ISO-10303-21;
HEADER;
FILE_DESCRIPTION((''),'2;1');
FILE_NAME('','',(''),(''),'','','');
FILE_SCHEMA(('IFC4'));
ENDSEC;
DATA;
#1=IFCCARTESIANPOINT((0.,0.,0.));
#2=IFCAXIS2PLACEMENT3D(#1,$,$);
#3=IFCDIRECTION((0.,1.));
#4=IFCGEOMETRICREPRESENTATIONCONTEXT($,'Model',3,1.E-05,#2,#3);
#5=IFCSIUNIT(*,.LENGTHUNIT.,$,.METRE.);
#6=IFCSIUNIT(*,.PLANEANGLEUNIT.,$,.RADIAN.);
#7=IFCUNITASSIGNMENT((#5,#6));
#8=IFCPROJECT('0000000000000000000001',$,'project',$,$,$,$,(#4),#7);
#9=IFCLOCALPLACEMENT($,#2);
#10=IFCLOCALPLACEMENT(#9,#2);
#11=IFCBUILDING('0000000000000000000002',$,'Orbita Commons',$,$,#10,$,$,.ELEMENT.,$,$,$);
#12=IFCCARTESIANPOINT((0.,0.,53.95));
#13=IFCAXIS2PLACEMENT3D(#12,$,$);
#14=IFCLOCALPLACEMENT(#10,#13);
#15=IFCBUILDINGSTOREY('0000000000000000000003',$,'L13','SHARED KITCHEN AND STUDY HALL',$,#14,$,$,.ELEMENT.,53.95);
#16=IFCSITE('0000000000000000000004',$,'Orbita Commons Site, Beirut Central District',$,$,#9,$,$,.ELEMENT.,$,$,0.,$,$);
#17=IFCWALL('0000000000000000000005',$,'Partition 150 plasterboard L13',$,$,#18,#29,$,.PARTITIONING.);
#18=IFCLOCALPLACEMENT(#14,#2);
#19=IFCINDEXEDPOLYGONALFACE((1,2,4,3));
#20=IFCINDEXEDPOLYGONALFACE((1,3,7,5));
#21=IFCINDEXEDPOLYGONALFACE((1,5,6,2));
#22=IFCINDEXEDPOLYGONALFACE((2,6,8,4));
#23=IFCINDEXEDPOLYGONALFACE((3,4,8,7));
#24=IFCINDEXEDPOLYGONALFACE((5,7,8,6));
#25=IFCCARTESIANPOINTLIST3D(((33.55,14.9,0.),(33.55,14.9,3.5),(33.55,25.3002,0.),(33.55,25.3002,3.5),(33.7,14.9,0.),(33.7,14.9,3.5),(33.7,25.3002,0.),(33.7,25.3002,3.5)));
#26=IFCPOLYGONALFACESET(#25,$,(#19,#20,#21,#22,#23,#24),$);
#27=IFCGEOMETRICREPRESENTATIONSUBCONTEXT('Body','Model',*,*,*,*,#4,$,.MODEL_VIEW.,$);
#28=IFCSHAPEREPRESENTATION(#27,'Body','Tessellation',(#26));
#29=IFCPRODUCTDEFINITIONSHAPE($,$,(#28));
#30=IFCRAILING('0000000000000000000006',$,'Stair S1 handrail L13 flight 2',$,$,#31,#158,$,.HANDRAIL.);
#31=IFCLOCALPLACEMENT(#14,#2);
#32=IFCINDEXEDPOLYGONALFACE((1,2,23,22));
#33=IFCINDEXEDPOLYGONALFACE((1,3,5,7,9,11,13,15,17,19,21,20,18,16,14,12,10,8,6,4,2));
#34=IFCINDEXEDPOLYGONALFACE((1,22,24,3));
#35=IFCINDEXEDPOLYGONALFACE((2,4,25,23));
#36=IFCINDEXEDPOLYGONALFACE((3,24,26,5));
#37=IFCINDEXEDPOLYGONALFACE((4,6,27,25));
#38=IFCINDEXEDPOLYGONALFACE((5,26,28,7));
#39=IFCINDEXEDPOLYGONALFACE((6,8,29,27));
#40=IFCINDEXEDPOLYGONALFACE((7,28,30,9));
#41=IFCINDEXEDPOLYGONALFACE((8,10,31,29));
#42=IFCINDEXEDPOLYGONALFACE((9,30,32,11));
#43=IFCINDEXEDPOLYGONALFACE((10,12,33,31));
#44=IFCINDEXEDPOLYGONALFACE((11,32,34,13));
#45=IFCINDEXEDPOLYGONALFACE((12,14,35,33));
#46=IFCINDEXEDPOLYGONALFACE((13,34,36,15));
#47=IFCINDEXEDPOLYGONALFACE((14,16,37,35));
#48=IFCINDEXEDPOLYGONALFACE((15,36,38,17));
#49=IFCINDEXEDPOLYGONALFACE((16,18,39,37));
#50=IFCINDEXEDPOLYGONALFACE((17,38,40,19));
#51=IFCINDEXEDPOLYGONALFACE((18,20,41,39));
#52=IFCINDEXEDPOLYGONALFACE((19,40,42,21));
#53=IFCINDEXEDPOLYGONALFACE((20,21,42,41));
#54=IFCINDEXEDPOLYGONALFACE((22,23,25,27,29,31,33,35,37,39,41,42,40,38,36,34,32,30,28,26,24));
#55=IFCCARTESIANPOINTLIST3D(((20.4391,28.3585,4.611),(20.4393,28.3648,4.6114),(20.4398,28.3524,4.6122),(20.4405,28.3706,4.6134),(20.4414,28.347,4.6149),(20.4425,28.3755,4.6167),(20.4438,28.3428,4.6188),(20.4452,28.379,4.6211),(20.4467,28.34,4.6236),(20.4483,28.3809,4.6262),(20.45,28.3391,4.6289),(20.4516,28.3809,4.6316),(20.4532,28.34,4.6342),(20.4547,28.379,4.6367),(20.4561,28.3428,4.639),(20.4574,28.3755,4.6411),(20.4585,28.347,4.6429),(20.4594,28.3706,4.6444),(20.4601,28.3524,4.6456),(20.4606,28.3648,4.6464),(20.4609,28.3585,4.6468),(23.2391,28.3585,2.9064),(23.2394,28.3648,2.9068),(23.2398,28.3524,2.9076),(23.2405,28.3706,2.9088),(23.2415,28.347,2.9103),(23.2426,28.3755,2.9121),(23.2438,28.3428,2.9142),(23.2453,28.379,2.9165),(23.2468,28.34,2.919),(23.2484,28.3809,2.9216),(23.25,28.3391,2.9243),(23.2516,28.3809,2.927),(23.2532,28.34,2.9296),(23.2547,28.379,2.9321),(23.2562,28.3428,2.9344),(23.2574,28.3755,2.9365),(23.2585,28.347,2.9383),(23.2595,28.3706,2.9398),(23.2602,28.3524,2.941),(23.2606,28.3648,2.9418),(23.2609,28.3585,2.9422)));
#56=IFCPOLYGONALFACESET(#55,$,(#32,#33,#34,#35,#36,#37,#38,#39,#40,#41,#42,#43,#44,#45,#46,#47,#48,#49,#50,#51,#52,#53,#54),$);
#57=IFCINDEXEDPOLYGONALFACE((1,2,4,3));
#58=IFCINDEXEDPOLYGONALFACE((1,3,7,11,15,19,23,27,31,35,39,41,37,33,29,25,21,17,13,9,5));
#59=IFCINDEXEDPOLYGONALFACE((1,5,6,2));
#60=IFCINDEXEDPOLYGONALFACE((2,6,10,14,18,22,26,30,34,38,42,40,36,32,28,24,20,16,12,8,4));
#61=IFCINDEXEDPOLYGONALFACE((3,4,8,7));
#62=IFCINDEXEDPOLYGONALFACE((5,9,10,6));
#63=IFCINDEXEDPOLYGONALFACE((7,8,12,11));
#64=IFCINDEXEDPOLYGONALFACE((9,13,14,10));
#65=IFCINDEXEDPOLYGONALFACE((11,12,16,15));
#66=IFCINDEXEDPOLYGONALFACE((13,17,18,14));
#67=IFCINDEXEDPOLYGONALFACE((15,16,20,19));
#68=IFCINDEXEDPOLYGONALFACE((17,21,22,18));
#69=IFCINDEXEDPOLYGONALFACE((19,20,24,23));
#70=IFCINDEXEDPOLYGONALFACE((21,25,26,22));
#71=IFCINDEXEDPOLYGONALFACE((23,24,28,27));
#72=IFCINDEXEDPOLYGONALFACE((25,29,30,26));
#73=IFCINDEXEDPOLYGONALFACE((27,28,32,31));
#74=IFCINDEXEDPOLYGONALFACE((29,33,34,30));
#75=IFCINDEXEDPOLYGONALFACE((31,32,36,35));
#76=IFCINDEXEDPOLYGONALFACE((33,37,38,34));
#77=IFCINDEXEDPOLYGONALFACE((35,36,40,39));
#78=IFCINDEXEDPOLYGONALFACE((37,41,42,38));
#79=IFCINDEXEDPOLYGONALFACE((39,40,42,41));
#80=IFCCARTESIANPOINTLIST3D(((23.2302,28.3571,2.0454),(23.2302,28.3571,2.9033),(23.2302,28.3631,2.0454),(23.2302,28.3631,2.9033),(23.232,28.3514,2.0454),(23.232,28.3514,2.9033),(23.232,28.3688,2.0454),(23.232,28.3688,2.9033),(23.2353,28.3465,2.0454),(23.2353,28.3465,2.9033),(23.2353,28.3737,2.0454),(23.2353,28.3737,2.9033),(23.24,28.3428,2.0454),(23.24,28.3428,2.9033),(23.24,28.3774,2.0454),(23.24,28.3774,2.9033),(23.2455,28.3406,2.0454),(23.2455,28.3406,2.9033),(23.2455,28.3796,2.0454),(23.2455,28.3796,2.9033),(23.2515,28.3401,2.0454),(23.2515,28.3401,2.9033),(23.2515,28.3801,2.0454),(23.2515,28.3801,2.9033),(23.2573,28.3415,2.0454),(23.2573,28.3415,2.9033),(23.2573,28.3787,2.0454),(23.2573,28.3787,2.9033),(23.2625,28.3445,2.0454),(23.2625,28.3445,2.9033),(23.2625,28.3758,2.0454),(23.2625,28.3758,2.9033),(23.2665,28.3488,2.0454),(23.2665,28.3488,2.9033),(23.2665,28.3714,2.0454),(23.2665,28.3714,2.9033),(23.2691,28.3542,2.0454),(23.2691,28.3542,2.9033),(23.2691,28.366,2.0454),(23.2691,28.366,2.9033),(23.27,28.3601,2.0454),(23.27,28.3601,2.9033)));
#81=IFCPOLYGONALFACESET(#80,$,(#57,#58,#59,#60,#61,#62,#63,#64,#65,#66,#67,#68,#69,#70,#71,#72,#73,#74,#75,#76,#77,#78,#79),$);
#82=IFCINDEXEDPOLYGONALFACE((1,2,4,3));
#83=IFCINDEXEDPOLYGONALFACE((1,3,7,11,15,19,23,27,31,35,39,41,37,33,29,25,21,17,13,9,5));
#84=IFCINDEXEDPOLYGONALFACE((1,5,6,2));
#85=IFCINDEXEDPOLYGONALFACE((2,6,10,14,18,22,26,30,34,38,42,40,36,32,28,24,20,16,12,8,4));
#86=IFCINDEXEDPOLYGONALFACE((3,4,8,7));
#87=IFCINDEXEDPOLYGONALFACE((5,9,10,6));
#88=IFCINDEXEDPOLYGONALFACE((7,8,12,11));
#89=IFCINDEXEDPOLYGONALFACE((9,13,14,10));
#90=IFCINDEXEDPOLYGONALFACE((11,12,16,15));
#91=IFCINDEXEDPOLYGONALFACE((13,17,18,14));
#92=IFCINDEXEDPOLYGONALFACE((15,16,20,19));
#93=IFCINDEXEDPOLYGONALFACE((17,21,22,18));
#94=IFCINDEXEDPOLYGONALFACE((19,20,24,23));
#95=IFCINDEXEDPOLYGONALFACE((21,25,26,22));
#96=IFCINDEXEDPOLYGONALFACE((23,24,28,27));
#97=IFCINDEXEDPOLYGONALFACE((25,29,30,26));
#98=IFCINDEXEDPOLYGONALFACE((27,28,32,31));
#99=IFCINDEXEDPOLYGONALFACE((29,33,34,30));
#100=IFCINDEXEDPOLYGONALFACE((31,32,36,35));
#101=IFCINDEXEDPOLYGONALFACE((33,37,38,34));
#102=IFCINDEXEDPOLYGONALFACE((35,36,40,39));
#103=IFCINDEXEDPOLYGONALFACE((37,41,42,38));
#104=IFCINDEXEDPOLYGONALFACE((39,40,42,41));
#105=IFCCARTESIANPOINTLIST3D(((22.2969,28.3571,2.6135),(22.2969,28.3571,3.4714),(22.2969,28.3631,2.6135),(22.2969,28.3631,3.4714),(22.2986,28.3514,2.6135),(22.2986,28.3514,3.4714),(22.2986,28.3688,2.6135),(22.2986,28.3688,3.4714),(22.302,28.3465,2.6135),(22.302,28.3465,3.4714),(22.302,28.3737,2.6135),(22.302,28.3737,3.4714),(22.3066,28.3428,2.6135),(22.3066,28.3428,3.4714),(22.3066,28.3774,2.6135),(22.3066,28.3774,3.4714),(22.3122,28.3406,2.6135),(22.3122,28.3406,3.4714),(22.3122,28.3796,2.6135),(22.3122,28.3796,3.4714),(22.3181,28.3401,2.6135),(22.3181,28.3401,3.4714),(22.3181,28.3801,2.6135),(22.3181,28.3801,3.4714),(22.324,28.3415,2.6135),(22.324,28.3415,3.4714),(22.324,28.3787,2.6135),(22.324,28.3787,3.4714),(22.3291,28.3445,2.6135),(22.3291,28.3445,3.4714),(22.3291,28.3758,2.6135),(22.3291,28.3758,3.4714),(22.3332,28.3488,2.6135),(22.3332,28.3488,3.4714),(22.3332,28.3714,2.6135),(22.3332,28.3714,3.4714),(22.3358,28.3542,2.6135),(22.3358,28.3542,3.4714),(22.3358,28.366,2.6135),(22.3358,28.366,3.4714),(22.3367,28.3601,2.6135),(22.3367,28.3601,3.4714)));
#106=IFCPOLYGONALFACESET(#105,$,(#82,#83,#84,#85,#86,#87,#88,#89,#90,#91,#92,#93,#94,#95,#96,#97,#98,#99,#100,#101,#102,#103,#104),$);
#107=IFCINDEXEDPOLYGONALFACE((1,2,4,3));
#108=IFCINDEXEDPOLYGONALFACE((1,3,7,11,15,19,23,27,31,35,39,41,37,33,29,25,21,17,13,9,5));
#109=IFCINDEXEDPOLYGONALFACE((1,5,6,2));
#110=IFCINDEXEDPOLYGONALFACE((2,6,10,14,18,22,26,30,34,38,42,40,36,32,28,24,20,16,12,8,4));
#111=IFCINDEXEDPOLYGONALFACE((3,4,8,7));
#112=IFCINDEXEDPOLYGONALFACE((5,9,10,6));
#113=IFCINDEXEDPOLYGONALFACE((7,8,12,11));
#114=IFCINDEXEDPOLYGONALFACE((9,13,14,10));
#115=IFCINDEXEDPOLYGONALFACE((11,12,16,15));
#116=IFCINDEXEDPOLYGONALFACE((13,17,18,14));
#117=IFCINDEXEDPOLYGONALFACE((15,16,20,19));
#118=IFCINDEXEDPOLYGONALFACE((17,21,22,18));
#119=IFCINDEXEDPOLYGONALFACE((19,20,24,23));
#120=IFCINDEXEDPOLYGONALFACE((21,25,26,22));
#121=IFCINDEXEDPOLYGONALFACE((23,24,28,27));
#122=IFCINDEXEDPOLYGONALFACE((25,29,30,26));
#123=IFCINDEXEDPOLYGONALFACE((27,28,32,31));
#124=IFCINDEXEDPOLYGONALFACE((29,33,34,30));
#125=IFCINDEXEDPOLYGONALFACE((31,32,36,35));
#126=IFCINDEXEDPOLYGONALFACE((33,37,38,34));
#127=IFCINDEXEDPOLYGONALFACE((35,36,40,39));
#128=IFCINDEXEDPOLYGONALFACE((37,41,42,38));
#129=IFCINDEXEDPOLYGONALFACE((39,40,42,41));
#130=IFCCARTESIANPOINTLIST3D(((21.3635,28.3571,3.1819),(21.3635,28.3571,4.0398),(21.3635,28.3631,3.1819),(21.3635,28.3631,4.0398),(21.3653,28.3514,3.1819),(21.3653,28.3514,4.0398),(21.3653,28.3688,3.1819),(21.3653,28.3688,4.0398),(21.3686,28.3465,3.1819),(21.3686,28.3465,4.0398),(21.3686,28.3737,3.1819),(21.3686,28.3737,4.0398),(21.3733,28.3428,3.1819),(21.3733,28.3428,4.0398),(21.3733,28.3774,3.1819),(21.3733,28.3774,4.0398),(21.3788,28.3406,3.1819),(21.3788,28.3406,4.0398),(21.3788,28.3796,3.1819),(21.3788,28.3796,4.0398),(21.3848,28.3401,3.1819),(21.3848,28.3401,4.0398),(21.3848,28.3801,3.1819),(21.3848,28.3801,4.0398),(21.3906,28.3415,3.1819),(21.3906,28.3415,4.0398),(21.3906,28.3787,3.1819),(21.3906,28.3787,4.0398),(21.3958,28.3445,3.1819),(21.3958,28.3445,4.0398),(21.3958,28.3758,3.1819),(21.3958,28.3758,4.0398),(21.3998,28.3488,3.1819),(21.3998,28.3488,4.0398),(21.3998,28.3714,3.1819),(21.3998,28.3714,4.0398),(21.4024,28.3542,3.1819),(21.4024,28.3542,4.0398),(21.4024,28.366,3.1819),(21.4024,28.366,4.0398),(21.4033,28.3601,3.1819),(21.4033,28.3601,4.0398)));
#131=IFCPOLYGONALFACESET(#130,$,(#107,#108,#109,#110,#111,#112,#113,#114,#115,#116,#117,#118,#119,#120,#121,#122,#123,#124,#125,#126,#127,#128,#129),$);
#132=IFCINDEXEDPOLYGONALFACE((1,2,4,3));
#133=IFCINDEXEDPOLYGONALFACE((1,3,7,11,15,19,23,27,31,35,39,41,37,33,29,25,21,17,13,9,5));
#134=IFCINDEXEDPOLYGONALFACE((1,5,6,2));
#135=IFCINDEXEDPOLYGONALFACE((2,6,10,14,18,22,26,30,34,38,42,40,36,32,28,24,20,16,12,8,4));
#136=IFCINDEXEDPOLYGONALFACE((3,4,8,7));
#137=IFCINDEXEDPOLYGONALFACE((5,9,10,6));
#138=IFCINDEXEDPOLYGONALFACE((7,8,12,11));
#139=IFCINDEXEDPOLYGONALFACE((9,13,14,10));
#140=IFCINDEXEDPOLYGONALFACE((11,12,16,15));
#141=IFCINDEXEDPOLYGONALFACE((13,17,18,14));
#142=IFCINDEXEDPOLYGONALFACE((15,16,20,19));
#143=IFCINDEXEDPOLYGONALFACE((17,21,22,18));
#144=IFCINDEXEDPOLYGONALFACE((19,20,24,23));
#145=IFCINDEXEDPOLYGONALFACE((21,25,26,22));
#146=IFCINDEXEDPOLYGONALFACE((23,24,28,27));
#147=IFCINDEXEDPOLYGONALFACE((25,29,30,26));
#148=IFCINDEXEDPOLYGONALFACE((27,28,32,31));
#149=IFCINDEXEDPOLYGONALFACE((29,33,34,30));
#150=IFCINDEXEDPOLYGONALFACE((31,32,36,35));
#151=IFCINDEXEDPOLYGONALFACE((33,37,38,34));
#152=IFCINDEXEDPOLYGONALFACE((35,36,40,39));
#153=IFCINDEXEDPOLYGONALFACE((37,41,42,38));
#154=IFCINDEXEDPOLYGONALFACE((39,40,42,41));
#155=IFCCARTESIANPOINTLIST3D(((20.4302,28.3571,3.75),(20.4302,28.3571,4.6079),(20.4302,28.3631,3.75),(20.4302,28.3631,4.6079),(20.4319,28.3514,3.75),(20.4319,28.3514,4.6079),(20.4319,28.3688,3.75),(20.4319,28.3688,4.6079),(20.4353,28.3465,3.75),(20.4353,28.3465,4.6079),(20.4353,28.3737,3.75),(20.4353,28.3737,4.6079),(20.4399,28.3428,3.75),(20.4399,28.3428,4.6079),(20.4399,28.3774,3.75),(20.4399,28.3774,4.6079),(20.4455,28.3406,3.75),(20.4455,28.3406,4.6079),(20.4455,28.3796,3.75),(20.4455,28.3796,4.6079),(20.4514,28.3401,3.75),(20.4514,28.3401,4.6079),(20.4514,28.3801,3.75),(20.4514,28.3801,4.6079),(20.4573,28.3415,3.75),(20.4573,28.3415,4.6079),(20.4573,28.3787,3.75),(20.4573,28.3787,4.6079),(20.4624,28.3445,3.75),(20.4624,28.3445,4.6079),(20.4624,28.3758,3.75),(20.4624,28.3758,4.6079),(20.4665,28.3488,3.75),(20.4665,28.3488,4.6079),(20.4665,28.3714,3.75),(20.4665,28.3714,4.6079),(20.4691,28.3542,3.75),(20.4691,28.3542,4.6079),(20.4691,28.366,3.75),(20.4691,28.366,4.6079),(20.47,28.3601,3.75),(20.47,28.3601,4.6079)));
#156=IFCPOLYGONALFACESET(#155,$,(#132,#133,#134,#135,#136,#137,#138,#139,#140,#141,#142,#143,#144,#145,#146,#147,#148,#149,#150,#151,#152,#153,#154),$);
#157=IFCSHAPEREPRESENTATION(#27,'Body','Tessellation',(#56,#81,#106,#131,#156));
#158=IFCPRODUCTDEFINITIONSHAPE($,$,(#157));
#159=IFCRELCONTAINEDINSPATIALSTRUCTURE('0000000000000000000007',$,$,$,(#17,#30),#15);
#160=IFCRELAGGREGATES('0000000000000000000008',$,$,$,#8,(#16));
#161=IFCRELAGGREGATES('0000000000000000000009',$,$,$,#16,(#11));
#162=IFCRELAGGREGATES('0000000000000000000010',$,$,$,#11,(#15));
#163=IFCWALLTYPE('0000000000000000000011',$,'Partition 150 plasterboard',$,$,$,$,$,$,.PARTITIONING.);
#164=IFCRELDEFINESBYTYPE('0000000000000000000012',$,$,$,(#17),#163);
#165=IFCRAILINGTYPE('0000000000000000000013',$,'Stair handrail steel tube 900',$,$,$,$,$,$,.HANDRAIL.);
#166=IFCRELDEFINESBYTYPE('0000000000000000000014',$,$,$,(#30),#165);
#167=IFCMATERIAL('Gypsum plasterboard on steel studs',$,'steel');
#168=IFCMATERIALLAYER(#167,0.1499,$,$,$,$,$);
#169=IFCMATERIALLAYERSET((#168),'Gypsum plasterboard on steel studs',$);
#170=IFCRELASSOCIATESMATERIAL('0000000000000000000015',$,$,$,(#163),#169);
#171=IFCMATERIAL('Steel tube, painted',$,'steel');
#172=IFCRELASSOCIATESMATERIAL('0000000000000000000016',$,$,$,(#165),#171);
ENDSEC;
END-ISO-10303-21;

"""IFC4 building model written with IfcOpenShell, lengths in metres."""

from ifc_helpers import new_model, si_unit, direction, frame, frame_2d, origin, origin_2d, place, context, subcontext, project, spatial, rectangle, circle, extrude, material, layer, layer_set, type_object, element, save


model = new_model("IFC4")

# Units and contexts
model_context = context("Model", 3, precision=1e-05, world=origin(), true_north=direction((0.0, 1.0)))
body_context = subcontext(model_context, "Body", "Model", "MODEL_VIEW")
ifc_project = project(units=[si_unit("LENGTHUNIT", "METRE"), si_unit("PLANEANGLEUNIT", "RADIAN")], contexts=[model_context])

# Site, building, storey
site_placement = place(None, origin())
site = spatial("IfcSite", under=ifc_project, at=site_placement, Name="Orbita Commons Site, Beirut Central District", CompositionType="ELEMENT", RefElevation=0.0)
building_placement = place(site_placement, origin())
building = spatial("IfcBuilding", under=site, at=building_placement, Name="Orbita Commons", CompositionType="ELEMENT")
storey_placement = place(building_placement, frame((0.0, 0.0, 53.95)))
storey = spatial("IfcBuildingStorey", under=building, at=storey_placement, Name="L13", Description="SHARED KITCHEN AND STUDY HALL", CompositionType="ELEMENT", Elevation=53.95)

# Wall
ifc_material_1 = material(Name="Gypsum plasterboard on steel studs", Category="steel")
ifc_layer_1 = layer(ifc_material_1, 0.1499)
ifc_layer_set_1 = layer_set([ifc_layer_1], Name="Gypsum plasterboard on steel studs")
wall_type_1 = type_object("IfcWallType", Name="Partition 150 plasterboard", PredefinedType="PARTITIONING", material=ifc_layer_set_1)
wall_1_placement = place(storey_placement, frame((33.625, 14.8999, 0.0), z_axis=(0.0, 0.0, 1.0), x_axis=(0.0, 1.0, 0.0)))
element("IfcWall", 1, at=wall_1_placement, inside=storey, type_object=wall_type_1, Name="Partition 150 plasterboard L13", PredefinedType="PARTITIONING", context=body_context, shape_type="SweptSolid", body=[
    extrude(rectangle(XDim=10.4001, YDim=0.1499, at=frame_2d((5.2002, 0.0))), origin(), (0.0, 0.0, 1.0), 3.5),
])

# Railing
ifc_material_2 = material(Name="Steel tube, painted", Category="steel")
railing_type = type_object("IfcRailingType", Name="Stair handrail steel tube 900", PredefinedType="HANDRAIL", material=ifc_material_2)
for number, where, name in (
    (2, (23.25, 28.3601, 2.0454), "Stair S1 handrail L13 flight 2"),
):
    element("IfcRailing", number, at=place(storey_placement, frame(where)), inside=storey, type_object=railing_type, Name=name, PredefinedType="HANDRAIL", context=body_context, shape_type="SweptSolid", body=[
        extrude(circle(Radius=0.021, at=origin_2d()), frame((0.0, 0.0, 0.8789), z_axis=(-0.85417, 0.0, 0.519994), x_axis=(0.0, -1.0, 0.0)), (0.0, 0.0, 1.0), 3.2781),
        extrude(circle(Radius=0.02, at=origin_2d()), origin(), (0.0, 0.0, 1.0), 0.8579),
        extrude(circle(Radius=0.02, at=origin_2d()), frame((-0.9333, 0.0, 0.5681)), (0.0, 0.0, 1.0), 0.8579),
        extrude(circle(Radius=0.02, at=origin_2d()), frame((-1.8667, 0.0, 1.1365)), (0.0, 0.0, 1.0), 0.8579),
        extrude(circle(Radius=0.02, at=origin_2d()), frame((-2.8, 0.0, 1.7046)), (0.0, 0.0, 1.0), 0.8579),
    ])

save(model, "model.ifc")
